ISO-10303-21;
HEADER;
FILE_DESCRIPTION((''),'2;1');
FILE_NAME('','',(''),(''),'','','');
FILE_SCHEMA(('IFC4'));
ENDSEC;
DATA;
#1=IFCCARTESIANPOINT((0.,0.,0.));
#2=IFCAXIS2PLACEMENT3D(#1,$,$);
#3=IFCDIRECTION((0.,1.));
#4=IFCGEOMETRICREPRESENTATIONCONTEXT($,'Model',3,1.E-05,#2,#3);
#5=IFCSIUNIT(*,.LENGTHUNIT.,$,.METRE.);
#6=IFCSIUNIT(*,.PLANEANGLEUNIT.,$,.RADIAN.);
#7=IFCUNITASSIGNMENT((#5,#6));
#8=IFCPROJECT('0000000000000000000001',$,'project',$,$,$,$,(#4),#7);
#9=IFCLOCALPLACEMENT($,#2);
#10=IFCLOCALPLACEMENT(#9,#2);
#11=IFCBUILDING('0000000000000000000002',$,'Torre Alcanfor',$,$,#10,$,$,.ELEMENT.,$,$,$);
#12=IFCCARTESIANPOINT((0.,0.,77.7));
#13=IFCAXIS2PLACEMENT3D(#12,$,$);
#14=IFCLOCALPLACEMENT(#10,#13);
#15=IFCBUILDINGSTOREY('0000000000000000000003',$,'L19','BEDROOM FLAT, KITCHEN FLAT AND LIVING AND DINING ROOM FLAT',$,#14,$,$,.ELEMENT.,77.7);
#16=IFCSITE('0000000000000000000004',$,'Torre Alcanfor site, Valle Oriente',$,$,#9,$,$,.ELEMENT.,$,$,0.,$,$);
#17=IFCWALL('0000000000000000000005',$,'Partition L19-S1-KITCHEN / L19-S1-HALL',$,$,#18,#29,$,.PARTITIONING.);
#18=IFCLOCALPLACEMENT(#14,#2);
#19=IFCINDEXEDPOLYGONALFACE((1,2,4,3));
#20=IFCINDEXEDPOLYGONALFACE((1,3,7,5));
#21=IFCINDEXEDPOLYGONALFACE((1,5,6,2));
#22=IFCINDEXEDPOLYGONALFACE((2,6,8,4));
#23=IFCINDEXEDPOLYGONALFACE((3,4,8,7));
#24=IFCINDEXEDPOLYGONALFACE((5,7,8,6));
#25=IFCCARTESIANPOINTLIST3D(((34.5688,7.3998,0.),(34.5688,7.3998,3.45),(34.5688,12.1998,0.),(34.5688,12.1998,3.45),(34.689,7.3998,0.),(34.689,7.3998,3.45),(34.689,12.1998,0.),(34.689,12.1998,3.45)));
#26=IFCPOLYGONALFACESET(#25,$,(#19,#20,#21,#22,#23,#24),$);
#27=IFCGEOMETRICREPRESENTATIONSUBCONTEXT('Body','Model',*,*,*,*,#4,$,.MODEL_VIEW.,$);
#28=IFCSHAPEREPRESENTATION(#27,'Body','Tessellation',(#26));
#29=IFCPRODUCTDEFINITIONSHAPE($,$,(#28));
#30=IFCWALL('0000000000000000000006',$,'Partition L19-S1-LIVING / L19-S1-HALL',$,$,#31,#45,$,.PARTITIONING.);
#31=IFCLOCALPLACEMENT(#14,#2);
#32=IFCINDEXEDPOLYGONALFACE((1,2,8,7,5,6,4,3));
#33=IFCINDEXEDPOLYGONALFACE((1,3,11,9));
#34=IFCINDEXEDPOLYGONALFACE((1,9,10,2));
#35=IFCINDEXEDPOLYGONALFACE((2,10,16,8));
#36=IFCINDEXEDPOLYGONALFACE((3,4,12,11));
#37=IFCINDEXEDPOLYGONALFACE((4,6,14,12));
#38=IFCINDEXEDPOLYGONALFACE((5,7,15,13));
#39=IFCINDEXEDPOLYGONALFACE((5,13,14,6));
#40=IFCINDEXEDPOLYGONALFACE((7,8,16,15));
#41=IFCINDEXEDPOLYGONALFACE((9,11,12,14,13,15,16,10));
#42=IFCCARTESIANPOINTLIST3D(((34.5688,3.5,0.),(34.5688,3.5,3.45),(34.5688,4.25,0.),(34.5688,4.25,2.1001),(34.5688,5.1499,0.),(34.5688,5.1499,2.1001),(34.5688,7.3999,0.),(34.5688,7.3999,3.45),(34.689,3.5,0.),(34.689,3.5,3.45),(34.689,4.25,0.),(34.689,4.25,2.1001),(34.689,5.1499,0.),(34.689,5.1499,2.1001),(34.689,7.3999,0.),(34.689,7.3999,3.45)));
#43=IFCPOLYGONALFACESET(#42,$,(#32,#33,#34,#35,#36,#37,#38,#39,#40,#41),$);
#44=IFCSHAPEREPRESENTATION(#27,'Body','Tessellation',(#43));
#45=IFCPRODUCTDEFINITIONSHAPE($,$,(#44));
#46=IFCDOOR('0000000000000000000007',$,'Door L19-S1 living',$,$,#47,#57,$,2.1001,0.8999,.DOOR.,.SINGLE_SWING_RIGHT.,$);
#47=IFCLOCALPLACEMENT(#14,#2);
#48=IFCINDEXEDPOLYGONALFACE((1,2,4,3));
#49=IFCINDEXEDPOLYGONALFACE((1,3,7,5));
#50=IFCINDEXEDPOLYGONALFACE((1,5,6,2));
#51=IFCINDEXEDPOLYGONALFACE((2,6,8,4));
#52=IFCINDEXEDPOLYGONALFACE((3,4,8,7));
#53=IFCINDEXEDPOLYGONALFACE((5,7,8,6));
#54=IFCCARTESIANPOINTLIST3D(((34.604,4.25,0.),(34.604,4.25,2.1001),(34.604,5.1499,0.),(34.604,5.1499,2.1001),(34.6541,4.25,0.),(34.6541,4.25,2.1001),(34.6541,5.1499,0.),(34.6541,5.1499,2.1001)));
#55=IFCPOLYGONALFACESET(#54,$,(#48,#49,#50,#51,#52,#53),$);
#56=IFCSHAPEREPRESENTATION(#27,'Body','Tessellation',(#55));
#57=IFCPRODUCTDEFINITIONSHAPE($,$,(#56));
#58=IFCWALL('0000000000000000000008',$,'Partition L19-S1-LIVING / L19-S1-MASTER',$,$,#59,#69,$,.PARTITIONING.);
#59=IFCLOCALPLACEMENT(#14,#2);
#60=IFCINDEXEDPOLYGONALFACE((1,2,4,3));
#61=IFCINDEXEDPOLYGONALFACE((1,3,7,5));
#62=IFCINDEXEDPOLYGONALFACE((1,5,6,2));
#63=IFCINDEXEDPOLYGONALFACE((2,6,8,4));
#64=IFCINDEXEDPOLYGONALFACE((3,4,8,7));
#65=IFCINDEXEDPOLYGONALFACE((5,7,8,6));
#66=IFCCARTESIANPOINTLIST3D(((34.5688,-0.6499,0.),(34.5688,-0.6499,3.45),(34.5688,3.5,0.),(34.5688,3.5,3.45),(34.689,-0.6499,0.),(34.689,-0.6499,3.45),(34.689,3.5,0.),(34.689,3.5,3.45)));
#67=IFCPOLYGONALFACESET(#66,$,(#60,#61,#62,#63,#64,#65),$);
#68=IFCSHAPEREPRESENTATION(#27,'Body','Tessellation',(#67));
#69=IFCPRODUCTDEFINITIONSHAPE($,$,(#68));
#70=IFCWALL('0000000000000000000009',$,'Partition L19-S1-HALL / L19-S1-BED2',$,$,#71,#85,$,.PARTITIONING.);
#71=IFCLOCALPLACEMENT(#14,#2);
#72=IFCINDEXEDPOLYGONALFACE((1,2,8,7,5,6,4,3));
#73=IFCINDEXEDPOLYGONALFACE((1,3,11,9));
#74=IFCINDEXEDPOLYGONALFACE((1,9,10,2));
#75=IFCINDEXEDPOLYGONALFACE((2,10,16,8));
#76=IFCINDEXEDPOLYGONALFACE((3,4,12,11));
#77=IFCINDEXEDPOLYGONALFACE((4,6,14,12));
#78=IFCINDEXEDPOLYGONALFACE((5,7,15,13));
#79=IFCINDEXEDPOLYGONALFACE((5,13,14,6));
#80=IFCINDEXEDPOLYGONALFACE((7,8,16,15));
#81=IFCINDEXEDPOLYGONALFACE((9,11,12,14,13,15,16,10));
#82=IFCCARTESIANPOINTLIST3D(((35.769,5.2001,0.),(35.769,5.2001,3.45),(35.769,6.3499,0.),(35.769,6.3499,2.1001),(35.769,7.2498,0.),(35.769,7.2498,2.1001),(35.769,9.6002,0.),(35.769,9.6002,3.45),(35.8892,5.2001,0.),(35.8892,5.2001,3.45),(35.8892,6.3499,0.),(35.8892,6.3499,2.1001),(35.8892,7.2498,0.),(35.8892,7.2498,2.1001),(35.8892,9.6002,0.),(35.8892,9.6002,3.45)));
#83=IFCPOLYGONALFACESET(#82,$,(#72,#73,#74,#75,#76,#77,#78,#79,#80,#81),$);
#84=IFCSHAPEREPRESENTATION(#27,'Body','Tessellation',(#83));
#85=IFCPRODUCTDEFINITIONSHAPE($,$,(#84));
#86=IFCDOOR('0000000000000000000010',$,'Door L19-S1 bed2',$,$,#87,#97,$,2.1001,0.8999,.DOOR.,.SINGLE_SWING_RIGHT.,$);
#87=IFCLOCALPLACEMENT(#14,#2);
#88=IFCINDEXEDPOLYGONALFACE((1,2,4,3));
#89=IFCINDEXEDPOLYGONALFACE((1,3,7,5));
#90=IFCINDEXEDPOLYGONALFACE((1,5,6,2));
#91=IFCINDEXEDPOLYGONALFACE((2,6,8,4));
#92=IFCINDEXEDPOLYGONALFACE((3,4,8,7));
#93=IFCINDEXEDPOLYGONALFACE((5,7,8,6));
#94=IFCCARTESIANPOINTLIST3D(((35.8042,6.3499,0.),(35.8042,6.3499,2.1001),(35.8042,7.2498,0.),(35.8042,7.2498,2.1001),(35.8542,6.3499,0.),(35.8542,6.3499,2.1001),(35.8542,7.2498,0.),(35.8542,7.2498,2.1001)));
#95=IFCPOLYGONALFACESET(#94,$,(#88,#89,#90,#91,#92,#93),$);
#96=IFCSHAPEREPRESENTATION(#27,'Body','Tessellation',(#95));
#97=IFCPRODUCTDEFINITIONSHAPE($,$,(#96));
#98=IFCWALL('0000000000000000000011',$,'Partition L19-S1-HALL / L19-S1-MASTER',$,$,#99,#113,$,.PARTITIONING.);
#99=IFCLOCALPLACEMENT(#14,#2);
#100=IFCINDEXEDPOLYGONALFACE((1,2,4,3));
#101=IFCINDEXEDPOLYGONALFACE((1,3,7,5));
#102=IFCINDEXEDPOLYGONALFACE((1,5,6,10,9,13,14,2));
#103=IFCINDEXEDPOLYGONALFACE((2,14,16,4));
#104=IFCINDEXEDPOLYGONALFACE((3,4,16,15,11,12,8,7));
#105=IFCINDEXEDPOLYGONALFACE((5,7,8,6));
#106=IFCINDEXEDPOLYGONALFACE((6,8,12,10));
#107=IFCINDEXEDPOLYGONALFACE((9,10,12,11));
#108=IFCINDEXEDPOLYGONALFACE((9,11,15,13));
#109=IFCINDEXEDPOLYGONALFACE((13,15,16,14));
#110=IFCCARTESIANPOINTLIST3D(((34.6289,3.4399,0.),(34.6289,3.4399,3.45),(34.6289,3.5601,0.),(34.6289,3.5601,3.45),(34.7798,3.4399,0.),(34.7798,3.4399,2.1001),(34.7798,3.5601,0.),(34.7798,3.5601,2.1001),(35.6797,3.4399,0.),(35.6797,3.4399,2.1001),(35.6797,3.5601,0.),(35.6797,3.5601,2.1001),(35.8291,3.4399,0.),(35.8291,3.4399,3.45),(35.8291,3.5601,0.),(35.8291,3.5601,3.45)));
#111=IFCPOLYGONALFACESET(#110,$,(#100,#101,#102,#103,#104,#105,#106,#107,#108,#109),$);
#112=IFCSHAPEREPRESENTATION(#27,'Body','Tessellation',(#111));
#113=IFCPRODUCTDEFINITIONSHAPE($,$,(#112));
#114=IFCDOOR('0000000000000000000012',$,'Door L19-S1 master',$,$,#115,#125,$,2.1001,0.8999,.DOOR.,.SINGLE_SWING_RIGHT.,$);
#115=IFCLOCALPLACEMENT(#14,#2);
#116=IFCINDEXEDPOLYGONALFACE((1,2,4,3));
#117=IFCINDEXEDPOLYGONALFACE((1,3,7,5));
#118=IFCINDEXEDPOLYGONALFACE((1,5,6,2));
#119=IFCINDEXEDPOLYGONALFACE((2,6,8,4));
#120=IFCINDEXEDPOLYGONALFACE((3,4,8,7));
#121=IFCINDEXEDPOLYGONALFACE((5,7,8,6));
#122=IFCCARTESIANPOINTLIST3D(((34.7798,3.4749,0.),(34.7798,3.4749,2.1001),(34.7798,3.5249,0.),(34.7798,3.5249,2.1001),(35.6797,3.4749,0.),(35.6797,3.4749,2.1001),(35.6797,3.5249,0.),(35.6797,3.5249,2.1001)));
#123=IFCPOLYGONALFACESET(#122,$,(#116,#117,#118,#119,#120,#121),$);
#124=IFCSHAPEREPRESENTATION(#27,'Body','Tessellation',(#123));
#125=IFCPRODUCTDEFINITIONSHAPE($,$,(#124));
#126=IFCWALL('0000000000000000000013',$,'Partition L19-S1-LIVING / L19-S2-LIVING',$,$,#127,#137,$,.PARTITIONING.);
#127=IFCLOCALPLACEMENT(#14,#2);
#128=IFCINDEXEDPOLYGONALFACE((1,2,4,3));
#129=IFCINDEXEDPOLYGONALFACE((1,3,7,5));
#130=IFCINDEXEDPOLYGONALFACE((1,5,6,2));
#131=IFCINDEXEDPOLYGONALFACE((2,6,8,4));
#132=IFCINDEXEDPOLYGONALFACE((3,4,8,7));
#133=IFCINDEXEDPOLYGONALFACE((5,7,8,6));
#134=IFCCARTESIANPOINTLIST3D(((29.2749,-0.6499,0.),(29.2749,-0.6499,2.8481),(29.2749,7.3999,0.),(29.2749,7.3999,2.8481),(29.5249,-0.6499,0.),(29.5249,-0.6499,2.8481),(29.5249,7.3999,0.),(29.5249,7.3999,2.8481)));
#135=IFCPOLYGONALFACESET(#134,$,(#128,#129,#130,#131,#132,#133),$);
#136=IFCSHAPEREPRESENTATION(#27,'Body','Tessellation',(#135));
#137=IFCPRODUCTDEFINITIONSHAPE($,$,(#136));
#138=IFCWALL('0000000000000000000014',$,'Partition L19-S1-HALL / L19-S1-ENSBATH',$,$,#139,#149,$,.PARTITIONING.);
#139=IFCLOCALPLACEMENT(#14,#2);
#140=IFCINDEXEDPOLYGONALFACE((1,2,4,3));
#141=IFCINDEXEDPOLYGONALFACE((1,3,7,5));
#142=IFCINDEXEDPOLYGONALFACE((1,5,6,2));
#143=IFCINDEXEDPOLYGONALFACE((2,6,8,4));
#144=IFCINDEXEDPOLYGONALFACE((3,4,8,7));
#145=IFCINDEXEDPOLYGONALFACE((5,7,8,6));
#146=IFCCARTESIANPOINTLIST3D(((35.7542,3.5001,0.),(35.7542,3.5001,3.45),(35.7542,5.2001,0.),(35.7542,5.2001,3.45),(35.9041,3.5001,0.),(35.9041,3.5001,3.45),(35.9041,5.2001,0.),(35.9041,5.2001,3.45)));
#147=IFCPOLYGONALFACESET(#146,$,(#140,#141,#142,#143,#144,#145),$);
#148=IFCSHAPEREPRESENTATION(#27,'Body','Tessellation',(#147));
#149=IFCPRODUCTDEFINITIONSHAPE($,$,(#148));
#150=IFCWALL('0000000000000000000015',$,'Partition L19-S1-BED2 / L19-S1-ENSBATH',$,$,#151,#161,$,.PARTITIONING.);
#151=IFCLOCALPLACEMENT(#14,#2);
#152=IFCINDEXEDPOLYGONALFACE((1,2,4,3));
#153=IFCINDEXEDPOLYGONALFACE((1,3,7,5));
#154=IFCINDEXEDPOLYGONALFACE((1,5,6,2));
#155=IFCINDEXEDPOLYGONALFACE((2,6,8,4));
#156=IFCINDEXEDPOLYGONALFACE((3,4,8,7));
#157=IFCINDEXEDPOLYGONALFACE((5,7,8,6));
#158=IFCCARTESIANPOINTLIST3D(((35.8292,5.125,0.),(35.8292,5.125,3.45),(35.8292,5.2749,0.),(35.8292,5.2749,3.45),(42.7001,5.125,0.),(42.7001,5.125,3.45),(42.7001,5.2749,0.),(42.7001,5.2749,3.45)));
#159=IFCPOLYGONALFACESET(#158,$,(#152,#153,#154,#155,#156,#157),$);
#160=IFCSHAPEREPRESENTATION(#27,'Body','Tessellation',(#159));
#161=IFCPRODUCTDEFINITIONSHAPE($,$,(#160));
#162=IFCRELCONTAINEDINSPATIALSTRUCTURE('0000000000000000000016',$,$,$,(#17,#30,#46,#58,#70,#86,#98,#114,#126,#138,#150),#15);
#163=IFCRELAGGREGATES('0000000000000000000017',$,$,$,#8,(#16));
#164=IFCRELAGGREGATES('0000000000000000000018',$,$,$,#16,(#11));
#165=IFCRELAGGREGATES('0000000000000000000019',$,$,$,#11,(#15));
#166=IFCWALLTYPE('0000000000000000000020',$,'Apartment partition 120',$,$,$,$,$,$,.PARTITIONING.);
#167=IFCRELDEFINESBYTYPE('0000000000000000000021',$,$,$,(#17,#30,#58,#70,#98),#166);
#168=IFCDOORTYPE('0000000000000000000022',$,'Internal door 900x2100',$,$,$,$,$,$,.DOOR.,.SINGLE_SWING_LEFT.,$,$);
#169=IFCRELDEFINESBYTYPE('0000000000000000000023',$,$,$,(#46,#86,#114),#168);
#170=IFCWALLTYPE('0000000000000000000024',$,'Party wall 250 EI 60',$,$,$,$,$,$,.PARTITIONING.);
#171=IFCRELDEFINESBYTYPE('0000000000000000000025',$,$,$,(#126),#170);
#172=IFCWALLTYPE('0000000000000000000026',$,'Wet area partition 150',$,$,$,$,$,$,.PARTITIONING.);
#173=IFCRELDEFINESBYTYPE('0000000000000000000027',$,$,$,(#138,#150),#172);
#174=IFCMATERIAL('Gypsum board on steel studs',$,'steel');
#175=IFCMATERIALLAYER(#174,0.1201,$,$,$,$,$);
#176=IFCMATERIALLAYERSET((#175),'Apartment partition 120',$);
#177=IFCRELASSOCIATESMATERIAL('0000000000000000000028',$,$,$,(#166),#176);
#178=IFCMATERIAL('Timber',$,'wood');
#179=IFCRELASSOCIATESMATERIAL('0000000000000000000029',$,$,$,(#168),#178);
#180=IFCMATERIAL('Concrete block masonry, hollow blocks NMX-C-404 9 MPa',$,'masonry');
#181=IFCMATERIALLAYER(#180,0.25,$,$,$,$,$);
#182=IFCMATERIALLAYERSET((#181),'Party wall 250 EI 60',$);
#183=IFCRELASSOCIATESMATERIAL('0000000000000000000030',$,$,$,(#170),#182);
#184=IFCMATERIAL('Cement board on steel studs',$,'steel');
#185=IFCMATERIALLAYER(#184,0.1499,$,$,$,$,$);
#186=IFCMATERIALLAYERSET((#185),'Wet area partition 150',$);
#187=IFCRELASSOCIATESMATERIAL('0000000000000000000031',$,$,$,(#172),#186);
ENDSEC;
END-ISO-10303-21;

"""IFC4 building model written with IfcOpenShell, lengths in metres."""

from ifc_helpers import new_model, si_unit, direction, frame, frame_2d, origin, place, context, subcontext, project, spatial, rectangle, extrude, material, layer, layer_set, type_object, element, fill, save


model = new_model("IFC4")

# Units and contexts
model_context = context("Model", 3, precision=1e-05, world=origin(), true_north=direction((0.0, 1.0)))
body_context = subcontext(model_context, "Body", "Model", "MODEL_VIEW")
ifc_project = project(units=[si_unit("LENGTHUNIT", "METRE"), si_unit("PLANEANGLEUNIT", "RADIAN")], contexts=[model_context])

# Site, building, storey
site_placement = place(None, origin())
site = spatial("IfcSite", under=ifc_project, at=site_placement, Name="Torre Alcanfor site, Valle Oriente", CompositionType="ELEMENT", RefElevation=0.0)
building_placement = place(site_placement, origin())
building = spatial("IfcBuilding", under=site, at=building_placement, Name="Torre Alcanfor", CompositionType="ELEMENT")
storey_placement = place(building_placement, frame((0.0, 0.0, 77.7)))
storey = spatial("IfcBuildingStorey", under=building, at=storey_placement, Name="L19", Description="BEDROOM FLAT, KITCHEN FLAT AND LIVING AND DINING ROOM FLAT", CompositionType="ELEMENT", Elevation=77.7)

# Wall
ifc_material_1 = material(Name="Gypsum board on steel studs", Category="steel")
ifc_layer_1 = layer(ifc_material_1, 0.1201)
ifc_layer_set_1 = layer_set([ifc_layer_1], Name="Apartment partition 120")
wall_type_1 = type_object("IfcWallType", Name="Apartment partition 120", PredefinedType="PARTITIONING", material=ifc_layer_set_1)
wall_1_placement = place(storey_placement, frame((34.6289, 7.3999, 0.0), z_axis=(0.0, 0.0, 1.0), x_axis=(0.0, 1.0, 0.0)))
element("IfcWall", 1, at=wall_1_placement, inside=storey, type_object=wall_type_1, Name="Partition L19-S1-KITCHEN / L19-S1-HALL", PredefinedType="PARTITIONING", context=body_context, shape_type="SweptSolid", body=[
    extrude(rectangle(XDim=4.8, YDim=0.1201, at=frame_2d((2.3999, 0.0))), origin(), (0.0, 0.0, 1.0), 3.45),
])

# Wall, opening, door
wall_2_placement = place(storey_placement, frame((34.6289, 3.5, 0.0), z_axis=(0.0, 0.0, 1.0), x_axis=(0.0, 1.0, 0.0)))
wall_2 = element("IfcWall", 2, at=wall_2_placement, inside=storey, type_object=wall_type_1, Name="Partition L19-S1-LIVING / L19-S1-HALL", PredefinedType="PARTITIONING", context=body_context, shape_type="SweptSolid", body=[
    extrude(rectangle(XDim=3.8999, YDim=0.1201, at=frame_2d((1.95, 0.0))), origin(), (0.0, 0.0, 1.0), 3.45),
])
opening_1_placement = place(wall_2_placement, frame((0.75, 0.0, 0.0)))
opening_1 = element("IfcOpeningElement", 3, at=opening_1_placement, cuts=wall_2, PredefinedType="OPENING", context=body_context, shape_type="SweptSolid", body=[
    extrude(rectangle(XDim=0.8999, YDim=2.1001, at=frame_2d((0.45, 1.05))), frame((0.0, 0.0701, 0.0), z_axis=(0.0, -1.0, 0.0), x_axis=(1.0, 0.0, 0.0)), (0.0, 0.0, 1.0), 0.1401),
])
ifc_material_2 = material(Name="Timber", Category="wood")
door_type_1 = type_object("IfcDoorType", Name="Internal door 900x2100", OperationType="SINGLE_SWING_LEFT", PredefinedType="DOOR", material=ifc_material_2)
door_1_placement = place(opening_1_placement, origin())
door_1 = element("IfcDoor", 4, at=door_1_placement, inside=storey, type_object=door_type_1, Name="Door L19-S1 living", OperationType="SINGLE_SWING_RIGHT", OverallHeight=2.1001, OverallWidth=0.8999, PredefinedType="DOOR", context=body_context, shape_type="SweptSolid", body=[
    extrude(rectangle(XDim=0.8999, YDim=2.1001, at=frame_2d((0.45, 1.05))), frame((0.0, 0.0249, 0.0), z_axis=(0.0, -1.0, 0.0), x_axis=(1.0, 0.0, 0.0)), (0.0, 0.0, 1.0), 0.05),
])
fill(opening_1, door_1)

# Wall
wall_3_placement = place(storey_placement, frame((34.6289, -0.6499, 0.0), z_axis=(0.0, 0.0, 1.0), x_axis=(0.0, 1.0, 0.0)))
element("IfcWall", 5, at=wall_3_placement, inside=storey, type_object=wall_type_1, Name="Partition L19-S1-LIVING / L19-S1-MASTER", PredefinedType="PARTITIONING", context=body_context, shape_type="SweptSolid", body=[
    extrude(rectangle(XDim=4.1499, YDim=0.1201, at=frame_2d((2.075, 0.0))), origin(), (0.0, 0.0, 1.0), 3.45),
])

# Walls, openings, doors
wall_4_placement = place(storey_placement, frame((35.8291, 5.2, 0.0), z_axis=(0.0, 0.0, 1.0), x_axis=(0.0, 1.0, 0.0)))
wall_4 = element("IfcWall", 6, at=wall_4_placement, inside=storey, type_object=wall_type_1, Name="Partition L19-S1-HALL / L19-S1-BED2", PredefinedType="PARTITIONING", context=body_context, shape_type="SweptSolid", body=[
    extrude(rectangle(XDim=4.4001, YDim=0.1201, at=frame_2d((2.2002, 0.0))), origin(), (0.0, 0.0, 1.0), 3.45),
])
opening_2_placement = place(wall_4_placement, frame((1.1499, 0.0, 0.0)))
opening_2 = element("IfcOpeningElement", 7, at=opening_2_placement, cuts=wall_4, PredefinedType="OPENING", context=body_context, shape_type="SweptSolid", body=[
    extrude(rectangle(XDim=0.8999, YDim=2.1001, at=frame_2d((0.45, 1.05))), frame((0.0, 0.0701, 0.0), z_axis=(0.0, -1.0, 0.0), x_axis=(1.0, 0.0, 0.0)), (0.0, 0.0, 1.0), 0.1401),
])
door_2_placement = place(opening_2_placement, frame((0.8999, 0.0, 0.0), z_axis=(0.0, 0.0, 1.0), x_axis=(-1.0, 0.0, 0.0)))
door_2 = element("IfcDoor", 8, at=door_2_placement, inside=storey, type_object=door_type_1, Name="Door L19-S1 bed2", OperationType="SINGLE_SWING_RIGHT", OverallHeight=2.1001, OverallWidth=0.8999, PredefinedType="DOOR", context=body_context, shape_type="SweptSolid", body=[
    extrude(rectangle(XDim=0.8999, YDim=2.1001, at=frame_2d((0.45, 1.05))), frame((0.0, 0.0251, 0.0), z_axis=(0.0, -1.0, 0.0), x_axis=(1.0, 0.0, 0.0)), (0.0, 0.0, 1.0), 0.05),
])
fill(opening_2, door_2)
wall_5_placement = place(storey_placement, frame((34.6289, 3.5, 0.0), z_axis=(0.0, 0.0, 1.0), x_axis=(1.0, 0.0, 0.0)))
wall_5 = element("IfcWall", 9, at=wall_5_placement, inside=storey, type_object=wall_type_1, Name="Partition L19-S1-HALL / L19-S1-MASTER", PredefinedType="PARTITIONING", context=body_context, shape_type="SweptSolid", body=[
    extrude(rectangle(XDim=1.2002, YDim=0.1201, at=frame_2d((0.6001, 0.0))), origin(), (0.0, 0.0, 1.0), 3.45),
])
opening_3_placement = place(wall_5_placement, frame((0.1509, 0.0, 0.0)))
opening_3 = element("IfcOpeningElement", 10, at=opening_3_placement, cuts=wall_5, PredefinedType="OPENING", context=body_context, shape_type="SweptSolid", body=[
    extrude(rectangle(XDim=0.8999, YDim=2.1001, at=frame_2d((0.45, 1.05))), frame((0.0, 0.0701, 0.0), z_axis=(0.0, -1.0, 0.0), x_axis=(1.0, 0.0, 0.0)), (0.0, 0.0, 1.0), 0.1401),
])
door_3_placement = place(opening_3_placement, frame((0.8999, 0.0, 0.0), z_axis=(0.0, 0.0, 1.0), x_axis=(-1.0, 0.0, 0.0)))
door_3 = element("IfcDoor", 11, at=door_3_placement, inside=storey, type_object=door_type_1, Name="Door L19-S1 master", OperationType="SINGLE_SWING_RIGHT", OverallHeight=2.1001, OverallWidth=0.8999, PredefinedType="DOOR", context=body_context, shape_type="SweptSolid", body=[
    extrude(rectangle(XDim=0.8999, YDim=2.1001, at=frame_2d((0.45, 1.05))), frame((0.0, 0.0251, 0.0), z_axis=(0.0, -1.0, 0.0), x_axis=(1.0, 0.0, 0.0)), (0.0, 0.0, 1.0), 0.05),
])
fill(opening_3, door_3)

# Walls
ifc_material_3 = material(Name="Concrete block masonry, hollow blocks NMX-C-404 9 MPa", Category="masonry")
ifc_layer_2 = layer(ifc_material_3, 0.25)
ifc_layer_set_2 = layer_set([ifc_layer_2], Name="Party wall 250 EI 60")
wall_type_2 = type_object("IfcWallType", Name="Party wall 250 EI 60", PredefinedType="PARTITIONING", material=ifc_layer_set_2)
wall_6_placement = place(storey_placement, frame((29.3999, 7.3999, 0.0), z_axis=(0.0, 0.0, 1.0), x_axis=(0.0, -1.0, 0.0)))
element("IfcWall", 12, at=wall_6_placement, inside=storey, type_object=wall_type_2, Name="Partition L19-S1-LIVING / L19-S2-LIVING", PredefinedType="PARTITIONING", context=body_context, shape_type="SweptSolid", body=[
    extrude(rectangle(XDim=8.0498, YDim=0.25, at=frame_2d((4.0249, 0.0))), origin(), (0.0, 0.0, 1.0), 2.8481),
])
ifc_material_4 = material(Name="Cement board on steel studs", Category="steel")
ifc_layer_3 = layer(ifc_material_4, 0.1499)
ifc_layer_set_3 = layer_set([ifc_layer_3], Name="Wet area partition 150")
wall_type_3 = type_object("IfcWallType", Name="Wet area partition 150", PredefinedType="PARTITIONING", material=ifc_layer_set_3)
wall_7_placement = place(storey_placement, frame((35.8291, 3.5, 0.0), z_axis=(0.0, 0.0, 1.0), x_axis=(0.0, 1.0, 0.0)))
element("IfcWall", 13, at=wall_7_placement, inside=storey, type_object=wall_type_3, Name="Partition L19-S1-HALL / L19-S1-ENSBATH", PredefinedType="PARTITIONING", context=body_context, shape_type="SweptSolid", body=[
    extrude(rectangle(XDim=1.7, YDim=0.1499, at=frame_2d((0.8501, 0.0))), origin(), (0.0, 0.0, 1.0), 3.45),
])
wall_8_placement = place(storey_placement, frame((35.8291, 5.2, 0.0), z_axis=(0.0, 0.0, 1.0), x_axis=(1.0, 0.0, 0.0)))
element("IfcWall", 14, at=wall_8_placement, inside=storey, type_object=wall_type_3, Name="Partition L19-S1-BED2 / L19-S1-ENSBATH", PredefinedType="PARTITIONING", context=body_context, shape_type="SweptSolid", body=[
    extrude(rectangle(XDim=6.8708, YDim=0.1499, at=frame_2d((3.4355, 0.0))), origin(), (0.0, 0.0, 1.0), 3.45),
])

save(model, "model.ifc")
